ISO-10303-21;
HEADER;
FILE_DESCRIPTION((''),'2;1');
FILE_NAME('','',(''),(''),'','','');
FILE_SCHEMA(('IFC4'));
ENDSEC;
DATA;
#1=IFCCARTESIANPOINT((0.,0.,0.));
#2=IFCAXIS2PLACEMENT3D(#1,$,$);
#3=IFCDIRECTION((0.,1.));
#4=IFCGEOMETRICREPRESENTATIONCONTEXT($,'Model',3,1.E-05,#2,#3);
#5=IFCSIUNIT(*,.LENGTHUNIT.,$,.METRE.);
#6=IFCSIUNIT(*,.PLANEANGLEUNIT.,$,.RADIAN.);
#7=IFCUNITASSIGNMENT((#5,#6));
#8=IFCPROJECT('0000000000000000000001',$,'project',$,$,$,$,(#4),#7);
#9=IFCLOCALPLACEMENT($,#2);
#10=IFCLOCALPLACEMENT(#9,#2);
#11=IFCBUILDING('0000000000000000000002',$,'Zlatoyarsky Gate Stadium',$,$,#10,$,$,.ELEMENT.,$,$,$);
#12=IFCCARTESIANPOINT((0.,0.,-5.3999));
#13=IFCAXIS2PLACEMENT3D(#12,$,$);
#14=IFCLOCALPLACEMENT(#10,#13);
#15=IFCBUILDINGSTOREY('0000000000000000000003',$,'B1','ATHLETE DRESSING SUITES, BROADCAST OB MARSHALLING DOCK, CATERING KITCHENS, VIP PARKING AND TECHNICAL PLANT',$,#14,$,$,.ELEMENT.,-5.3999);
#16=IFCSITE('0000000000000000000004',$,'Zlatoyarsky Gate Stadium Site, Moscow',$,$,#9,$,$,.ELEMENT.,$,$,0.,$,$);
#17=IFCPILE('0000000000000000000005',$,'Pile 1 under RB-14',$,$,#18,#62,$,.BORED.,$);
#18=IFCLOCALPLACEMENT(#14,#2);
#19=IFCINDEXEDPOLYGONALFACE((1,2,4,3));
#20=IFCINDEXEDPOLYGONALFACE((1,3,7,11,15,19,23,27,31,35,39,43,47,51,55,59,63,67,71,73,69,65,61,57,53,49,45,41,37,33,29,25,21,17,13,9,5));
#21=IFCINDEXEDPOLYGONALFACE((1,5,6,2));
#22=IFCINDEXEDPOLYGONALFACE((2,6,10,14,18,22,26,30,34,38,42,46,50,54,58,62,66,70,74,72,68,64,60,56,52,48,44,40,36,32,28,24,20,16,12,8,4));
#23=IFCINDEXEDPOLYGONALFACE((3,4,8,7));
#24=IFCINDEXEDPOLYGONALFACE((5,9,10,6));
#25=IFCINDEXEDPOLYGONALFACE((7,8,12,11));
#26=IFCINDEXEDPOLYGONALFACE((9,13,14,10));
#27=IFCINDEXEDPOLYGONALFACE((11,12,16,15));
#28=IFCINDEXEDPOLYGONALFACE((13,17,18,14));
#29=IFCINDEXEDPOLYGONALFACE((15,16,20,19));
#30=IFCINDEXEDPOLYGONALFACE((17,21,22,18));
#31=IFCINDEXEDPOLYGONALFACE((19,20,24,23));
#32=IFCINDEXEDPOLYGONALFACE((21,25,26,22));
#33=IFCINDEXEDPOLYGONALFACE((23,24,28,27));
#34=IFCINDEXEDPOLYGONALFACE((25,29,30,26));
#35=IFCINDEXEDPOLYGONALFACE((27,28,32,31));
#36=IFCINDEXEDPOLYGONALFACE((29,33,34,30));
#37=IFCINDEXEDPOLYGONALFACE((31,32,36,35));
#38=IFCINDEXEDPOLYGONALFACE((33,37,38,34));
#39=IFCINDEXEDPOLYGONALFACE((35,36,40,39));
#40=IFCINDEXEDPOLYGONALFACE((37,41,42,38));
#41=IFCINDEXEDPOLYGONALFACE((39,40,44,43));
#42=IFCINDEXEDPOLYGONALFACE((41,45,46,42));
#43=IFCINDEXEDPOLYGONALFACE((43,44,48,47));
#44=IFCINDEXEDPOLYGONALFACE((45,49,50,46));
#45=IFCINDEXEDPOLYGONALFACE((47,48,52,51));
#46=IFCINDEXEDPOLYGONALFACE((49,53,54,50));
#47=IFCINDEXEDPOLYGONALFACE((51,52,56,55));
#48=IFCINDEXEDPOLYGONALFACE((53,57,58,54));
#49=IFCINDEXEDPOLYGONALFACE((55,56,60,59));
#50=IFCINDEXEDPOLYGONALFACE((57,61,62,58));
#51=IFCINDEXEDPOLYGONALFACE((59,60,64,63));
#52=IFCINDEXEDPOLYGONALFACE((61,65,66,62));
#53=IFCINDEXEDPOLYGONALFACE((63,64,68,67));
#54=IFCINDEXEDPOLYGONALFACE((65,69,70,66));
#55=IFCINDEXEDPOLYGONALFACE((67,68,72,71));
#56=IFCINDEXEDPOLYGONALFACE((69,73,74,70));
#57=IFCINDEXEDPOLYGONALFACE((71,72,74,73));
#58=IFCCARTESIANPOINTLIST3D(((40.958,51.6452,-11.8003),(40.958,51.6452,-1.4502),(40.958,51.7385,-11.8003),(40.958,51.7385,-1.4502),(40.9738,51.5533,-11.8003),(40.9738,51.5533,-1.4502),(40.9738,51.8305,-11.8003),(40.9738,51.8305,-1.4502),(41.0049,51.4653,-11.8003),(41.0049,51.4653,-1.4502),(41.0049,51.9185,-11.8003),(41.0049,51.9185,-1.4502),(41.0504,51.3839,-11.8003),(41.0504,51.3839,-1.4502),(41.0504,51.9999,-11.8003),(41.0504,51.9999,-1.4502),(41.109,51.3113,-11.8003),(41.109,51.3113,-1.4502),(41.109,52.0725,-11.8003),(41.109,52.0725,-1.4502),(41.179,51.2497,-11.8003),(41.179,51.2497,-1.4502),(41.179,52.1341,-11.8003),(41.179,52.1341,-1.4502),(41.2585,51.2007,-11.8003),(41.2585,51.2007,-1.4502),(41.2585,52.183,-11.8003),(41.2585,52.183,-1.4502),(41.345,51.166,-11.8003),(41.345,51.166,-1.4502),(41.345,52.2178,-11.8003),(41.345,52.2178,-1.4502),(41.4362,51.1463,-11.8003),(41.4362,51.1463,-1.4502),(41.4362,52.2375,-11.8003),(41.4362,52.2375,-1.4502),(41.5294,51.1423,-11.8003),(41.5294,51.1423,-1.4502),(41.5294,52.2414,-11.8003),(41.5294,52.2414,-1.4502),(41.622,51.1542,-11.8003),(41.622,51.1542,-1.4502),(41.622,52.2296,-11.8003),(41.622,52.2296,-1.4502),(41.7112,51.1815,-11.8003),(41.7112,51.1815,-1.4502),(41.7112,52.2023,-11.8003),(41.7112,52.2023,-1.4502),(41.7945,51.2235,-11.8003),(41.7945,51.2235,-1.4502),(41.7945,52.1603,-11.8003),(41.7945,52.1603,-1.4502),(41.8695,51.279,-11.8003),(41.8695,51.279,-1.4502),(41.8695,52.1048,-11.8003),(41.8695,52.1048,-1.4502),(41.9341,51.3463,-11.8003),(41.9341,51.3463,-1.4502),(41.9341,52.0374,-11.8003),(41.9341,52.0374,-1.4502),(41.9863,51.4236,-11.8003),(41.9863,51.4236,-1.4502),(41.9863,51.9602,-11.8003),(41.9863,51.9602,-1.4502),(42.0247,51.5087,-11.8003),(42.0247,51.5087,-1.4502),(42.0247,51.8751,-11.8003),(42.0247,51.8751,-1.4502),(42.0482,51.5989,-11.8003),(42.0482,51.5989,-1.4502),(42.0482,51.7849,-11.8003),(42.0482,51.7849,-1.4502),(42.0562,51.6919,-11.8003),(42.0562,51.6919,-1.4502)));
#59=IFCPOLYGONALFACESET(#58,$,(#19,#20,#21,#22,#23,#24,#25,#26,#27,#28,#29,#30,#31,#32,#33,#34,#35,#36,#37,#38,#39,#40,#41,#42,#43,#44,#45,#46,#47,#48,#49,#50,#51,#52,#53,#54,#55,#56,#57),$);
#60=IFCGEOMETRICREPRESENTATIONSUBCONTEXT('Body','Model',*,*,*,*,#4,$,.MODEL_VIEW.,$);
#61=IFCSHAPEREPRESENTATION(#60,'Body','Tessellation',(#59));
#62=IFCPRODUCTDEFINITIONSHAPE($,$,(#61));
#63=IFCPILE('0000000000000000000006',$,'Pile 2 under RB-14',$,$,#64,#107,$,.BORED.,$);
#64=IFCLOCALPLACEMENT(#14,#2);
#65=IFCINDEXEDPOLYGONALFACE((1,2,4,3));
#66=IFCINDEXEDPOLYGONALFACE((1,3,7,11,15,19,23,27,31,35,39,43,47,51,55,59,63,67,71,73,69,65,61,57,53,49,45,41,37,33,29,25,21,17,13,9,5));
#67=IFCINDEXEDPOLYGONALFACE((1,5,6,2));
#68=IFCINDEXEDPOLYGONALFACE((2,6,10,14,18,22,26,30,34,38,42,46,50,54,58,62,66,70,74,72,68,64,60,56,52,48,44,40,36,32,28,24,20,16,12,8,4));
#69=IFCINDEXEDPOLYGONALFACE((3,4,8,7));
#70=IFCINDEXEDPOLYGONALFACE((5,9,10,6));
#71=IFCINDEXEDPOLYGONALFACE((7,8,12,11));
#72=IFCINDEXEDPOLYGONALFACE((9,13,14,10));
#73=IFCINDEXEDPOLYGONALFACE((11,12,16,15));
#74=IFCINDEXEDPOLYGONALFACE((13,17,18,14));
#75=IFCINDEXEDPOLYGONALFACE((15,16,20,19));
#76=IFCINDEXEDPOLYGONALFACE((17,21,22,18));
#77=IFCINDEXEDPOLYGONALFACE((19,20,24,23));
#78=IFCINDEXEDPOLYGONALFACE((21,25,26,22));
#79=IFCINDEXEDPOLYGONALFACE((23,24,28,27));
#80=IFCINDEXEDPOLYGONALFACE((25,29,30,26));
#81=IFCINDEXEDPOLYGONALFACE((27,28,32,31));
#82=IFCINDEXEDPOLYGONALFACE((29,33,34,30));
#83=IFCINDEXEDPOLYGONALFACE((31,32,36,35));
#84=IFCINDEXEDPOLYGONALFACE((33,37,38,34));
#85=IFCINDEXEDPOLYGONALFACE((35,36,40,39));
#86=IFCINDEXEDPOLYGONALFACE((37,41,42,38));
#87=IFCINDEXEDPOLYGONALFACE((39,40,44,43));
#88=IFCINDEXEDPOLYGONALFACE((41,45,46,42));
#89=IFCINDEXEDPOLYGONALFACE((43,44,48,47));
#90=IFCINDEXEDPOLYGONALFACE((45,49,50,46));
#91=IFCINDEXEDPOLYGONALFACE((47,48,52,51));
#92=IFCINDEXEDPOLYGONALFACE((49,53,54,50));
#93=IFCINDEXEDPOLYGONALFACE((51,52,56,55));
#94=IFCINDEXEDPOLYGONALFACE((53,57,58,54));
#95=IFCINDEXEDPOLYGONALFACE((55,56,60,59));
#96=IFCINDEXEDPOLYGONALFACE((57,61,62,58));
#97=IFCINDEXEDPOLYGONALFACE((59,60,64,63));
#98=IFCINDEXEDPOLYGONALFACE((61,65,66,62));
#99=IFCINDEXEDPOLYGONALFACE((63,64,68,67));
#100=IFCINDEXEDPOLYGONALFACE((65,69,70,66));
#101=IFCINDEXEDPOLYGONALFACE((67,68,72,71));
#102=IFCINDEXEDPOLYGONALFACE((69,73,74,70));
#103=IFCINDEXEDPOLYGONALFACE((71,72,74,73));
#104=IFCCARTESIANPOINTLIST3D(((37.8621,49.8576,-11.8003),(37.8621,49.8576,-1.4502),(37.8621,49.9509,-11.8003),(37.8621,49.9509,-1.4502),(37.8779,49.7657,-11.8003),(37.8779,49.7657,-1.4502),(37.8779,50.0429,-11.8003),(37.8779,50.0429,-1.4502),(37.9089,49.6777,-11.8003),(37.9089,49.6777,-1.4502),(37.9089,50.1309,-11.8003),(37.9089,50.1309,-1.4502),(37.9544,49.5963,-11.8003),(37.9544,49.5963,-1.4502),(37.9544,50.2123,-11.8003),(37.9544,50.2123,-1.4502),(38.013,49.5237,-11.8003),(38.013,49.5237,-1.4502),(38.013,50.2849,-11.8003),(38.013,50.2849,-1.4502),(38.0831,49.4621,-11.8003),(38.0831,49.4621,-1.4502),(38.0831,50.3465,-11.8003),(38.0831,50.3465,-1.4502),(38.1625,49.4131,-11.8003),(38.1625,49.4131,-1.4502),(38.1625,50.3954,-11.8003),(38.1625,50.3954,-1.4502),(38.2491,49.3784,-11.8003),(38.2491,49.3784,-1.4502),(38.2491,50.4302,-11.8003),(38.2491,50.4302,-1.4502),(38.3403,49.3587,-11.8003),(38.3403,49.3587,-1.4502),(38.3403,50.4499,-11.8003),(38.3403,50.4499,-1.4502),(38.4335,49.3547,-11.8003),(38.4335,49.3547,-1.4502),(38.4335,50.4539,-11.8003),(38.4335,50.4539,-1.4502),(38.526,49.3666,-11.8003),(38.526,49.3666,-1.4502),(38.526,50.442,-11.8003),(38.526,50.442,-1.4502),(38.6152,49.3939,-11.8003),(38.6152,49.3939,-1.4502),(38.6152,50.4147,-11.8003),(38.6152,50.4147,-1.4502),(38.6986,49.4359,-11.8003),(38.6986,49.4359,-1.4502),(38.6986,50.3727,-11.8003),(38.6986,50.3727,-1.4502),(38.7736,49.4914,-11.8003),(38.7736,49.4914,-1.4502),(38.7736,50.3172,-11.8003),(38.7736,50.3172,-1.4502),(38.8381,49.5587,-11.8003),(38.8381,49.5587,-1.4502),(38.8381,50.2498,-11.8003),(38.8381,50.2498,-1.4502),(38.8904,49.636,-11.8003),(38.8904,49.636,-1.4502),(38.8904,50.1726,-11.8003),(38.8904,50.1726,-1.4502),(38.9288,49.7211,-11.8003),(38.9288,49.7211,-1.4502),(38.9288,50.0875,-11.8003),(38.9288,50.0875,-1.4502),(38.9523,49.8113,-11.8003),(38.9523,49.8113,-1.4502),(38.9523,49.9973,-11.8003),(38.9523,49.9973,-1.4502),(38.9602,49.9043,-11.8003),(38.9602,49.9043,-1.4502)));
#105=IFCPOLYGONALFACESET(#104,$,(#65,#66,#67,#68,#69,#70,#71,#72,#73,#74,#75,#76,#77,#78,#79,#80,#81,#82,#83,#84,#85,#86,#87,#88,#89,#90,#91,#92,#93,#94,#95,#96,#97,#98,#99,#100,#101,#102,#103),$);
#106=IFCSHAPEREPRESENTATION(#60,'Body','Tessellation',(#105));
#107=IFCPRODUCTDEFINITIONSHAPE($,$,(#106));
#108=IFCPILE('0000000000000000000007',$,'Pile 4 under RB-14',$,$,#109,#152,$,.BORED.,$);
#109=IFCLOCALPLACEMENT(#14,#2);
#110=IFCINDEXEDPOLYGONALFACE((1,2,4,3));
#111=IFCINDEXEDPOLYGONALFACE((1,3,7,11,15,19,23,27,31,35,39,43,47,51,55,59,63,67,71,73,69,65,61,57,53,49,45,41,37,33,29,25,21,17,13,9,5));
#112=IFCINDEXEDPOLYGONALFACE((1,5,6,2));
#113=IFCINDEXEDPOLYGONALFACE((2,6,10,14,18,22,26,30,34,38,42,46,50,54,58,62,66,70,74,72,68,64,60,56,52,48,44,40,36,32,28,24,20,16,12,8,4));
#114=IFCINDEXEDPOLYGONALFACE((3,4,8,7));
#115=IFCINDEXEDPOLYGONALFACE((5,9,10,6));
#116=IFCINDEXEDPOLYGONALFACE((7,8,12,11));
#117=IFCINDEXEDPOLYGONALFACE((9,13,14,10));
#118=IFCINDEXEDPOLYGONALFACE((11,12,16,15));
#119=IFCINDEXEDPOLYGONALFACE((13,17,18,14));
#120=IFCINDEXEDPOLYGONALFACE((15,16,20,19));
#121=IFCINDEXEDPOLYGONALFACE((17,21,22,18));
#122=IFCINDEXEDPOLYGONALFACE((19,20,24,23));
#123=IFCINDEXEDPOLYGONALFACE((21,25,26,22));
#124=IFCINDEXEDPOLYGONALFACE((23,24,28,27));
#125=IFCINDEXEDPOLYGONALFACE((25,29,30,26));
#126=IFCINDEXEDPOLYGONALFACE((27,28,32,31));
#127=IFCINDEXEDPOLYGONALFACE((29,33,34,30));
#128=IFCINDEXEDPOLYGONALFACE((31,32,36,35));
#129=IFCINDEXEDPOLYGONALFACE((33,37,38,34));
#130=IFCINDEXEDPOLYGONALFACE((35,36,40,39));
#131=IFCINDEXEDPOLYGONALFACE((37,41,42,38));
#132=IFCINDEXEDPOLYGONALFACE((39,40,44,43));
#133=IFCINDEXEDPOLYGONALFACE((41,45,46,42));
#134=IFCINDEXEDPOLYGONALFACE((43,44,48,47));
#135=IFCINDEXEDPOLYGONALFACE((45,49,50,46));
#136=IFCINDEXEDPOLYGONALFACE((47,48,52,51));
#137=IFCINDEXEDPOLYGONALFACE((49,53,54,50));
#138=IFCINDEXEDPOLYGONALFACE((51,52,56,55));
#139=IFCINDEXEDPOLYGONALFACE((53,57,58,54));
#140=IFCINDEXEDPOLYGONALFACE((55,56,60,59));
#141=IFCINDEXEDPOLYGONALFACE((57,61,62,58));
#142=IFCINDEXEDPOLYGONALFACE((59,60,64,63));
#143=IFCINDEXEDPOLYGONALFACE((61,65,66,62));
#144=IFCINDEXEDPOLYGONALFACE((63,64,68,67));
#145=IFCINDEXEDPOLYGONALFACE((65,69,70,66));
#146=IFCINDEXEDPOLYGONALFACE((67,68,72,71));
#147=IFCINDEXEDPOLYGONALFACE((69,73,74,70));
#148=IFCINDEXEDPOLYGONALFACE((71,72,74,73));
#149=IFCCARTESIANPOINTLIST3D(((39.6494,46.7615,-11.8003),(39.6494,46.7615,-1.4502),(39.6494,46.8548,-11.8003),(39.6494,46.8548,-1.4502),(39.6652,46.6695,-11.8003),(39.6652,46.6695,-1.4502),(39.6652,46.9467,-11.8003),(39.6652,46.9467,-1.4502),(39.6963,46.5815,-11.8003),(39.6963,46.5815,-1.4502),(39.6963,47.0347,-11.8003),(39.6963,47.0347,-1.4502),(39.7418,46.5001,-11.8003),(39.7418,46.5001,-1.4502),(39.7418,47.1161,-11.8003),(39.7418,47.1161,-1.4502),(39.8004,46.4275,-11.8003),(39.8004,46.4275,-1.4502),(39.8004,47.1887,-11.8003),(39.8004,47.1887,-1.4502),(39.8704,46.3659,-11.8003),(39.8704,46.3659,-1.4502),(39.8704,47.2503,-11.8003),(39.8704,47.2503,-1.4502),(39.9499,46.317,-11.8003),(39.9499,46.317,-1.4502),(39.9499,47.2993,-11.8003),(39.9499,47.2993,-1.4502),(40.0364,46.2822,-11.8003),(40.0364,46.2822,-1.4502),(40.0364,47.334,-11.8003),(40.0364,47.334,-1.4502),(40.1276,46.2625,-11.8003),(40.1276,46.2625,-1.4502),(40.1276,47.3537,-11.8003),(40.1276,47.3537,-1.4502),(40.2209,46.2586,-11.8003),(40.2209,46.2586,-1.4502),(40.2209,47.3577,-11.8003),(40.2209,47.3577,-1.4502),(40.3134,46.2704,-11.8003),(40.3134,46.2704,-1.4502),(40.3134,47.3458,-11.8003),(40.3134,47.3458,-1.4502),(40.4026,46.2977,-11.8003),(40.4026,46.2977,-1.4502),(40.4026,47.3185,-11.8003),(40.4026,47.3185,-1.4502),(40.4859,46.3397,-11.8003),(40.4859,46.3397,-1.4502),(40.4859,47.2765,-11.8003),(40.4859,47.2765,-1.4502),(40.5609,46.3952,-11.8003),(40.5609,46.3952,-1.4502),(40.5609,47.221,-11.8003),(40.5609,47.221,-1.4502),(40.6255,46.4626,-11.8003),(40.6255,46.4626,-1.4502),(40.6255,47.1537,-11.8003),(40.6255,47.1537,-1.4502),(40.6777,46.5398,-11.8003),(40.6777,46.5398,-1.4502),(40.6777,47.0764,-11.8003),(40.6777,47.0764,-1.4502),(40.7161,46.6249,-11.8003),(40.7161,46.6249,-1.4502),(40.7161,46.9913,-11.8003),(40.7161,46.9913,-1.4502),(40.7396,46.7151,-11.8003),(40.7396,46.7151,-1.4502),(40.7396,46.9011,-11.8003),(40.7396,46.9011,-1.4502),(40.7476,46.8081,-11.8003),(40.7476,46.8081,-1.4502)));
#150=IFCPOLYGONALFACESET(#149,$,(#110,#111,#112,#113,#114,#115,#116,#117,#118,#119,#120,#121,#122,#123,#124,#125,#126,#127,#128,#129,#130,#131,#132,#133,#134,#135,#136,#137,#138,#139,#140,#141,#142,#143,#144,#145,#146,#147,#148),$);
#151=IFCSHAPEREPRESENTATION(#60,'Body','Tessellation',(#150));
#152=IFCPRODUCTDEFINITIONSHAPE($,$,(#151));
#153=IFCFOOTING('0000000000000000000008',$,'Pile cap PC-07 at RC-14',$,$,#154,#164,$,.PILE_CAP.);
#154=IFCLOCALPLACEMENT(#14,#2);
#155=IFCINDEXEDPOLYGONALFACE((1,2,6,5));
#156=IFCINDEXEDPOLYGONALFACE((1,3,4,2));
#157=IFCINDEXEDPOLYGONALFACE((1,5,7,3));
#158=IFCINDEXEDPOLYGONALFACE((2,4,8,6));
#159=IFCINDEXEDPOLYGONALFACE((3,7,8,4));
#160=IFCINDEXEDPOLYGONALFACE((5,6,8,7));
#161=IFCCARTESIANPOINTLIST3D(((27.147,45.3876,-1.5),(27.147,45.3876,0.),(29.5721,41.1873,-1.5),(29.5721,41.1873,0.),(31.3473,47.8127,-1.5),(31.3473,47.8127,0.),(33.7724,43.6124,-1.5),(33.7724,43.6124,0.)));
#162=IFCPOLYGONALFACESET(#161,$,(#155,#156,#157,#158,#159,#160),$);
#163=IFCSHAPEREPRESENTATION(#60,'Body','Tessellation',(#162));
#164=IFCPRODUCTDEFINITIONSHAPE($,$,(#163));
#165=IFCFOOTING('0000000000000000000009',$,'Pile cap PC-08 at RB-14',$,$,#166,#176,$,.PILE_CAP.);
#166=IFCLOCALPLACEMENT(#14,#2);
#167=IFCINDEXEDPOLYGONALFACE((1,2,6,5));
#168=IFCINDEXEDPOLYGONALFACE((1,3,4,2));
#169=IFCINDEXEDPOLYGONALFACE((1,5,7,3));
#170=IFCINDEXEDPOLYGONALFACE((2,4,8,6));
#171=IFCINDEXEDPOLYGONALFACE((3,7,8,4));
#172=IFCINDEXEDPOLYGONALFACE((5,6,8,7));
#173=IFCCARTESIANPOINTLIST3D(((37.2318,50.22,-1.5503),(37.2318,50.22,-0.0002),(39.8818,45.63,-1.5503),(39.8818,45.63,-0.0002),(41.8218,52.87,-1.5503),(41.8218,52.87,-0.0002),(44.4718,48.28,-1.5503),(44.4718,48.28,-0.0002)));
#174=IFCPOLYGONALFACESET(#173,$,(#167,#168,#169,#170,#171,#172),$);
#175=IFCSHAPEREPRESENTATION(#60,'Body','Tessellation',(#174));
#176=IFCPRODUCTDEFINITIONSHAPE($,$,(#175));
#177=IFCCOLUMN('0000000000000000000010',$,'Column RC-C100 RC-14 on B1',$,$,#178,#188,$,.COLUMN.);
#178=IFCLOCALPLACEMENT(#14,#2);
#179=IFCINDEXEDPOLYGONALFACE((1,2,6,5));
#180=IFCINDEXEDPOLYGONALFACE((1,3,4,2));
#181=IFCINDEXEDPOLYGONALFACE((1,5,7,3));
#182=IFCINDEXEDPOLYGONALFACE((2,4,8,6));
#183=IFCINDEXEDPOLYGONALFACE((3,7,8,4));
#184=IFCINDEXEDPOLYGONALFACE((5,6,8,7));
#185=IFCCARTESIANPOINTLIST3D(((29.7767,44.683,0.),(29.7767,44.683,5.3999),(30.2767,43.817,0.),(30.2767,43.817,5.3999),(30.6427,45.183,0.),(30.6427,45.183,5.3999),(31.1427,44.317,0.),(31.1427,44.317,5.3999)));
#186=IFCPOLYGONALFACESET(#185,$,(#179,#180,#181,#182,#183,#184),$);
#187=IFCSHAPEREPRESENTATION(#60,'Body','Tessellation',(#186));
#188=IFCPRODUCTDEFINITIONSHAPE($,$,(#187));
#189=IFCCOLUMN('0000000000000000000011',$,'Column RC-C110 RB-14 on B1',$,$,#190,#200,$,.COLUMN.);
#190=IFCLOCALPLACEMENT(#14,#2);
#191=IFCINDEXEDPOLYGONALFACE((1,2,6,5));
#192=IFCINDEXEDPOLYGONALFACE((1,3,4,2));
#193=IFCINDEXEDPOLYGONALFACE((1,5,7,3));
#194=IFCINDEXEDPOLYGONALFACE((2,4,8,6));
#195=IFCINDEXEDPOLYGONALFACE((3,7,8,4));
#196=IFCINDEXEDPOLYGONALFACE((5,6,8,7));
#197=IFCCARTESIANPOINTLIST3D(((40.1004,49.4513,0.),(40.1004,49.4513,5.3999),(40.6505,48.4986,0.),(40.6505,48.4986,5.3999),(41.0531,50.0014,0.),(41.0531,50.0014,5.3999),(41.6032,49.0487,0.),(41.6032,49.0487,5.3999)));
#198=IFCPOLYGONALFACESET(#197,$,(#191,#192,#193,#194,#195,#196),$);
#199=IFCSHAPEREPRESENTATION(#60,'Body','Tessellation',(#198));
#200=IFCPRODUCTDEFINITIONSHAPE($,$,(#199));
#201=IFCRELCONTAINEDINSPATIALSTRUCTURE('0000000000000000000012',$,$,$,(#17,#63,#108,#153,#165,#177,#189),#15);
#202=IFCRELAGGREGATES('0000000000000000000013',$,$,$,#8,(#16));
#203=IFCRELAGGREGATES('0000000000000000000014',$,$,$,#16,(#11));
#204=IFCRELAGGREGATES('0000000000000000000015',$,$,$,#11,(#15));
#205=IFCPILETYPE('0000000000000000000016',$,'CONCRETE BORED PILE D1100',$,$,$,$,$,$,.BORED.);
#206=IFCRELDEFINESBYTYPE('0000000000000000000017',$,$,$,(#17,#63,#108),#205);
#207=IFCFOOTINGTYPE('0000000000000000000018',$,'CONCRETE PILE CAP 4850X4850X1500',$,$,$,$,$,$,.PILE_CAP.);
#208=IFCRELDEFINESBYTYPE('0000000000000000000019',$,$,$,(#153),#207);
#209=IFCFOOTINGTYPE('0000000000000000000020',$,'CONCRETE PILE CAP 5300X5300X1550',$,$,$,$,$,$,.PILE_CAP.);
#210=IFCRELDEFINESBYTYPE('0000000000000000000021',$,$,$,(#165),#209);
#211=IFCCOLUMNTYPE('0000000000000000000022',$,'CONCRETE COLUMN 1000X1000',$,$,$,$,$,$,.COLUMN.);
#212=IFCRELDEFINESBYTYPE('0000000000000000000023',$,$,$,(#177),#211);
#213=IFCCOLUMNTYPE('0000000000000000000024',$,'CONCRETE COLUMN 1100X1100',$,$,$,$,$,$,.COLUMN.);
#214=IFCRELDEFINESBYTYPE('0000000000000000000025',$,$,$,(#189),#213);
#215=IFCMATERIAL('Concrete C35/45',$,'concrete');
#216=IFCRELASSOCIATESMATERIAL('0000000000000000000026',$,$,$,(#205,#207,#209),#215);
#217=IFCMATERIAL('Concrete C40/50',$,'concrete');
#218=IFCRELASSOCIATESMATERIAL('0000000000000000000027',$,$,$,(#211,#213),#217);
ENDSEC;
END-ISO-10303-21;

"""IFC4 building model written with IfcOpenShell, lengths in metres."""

from ifc_helpers import new_model, si_unit, direction, frame, origin, origin_2d, place, context, subcontext, project, spatial, rectangle, circle, extrude, material, material_profile, profile_set, type_object, element, save


model = new_model("IFC4")

# Units and contexts
model_context = context("Model", 3, precision=1e-05, world=origin(), true_north=direction((0.0, 1.0)))
body_context = subcontext(model_context, "Body", "Model", "MODEL_VIEW")
ifc_project = project(units=[si_unit("LENGTHUNIT", "METRE"), si_unit("PLANEANGLEUNIT", "RADIAN")], contexts=[model_context])

# Site, building, storey
site_placement = place(None, origin())
site = spatial("IfcSite", under=ifc_project, at=site_placement, Name="Zlatoyarsky Gate Stadium Site, Moscow", CompositionType="ELEMENT", RefElevation=0.0)
building_placement = place(site_placement, origin())
building = spatial("IfcBuilding", under=site, at=building_placement, Name="Zlatoyarsky Gate Stadium", CompositionType="ELEMENT")
storey_placement = place(building_placement, frame((0.0, 0.0, -5.3999)))
storey = spatial("IfcBuildingStorey", under=building, at=storey_placement, Name="B1", Description="ATHLETE DRESSING SUITES, BROADCAST OB MARSHALLING DOCK, CATERING KITCHENS, VIP PARKING AND TECHNICAL PLANT", CompositionType="ELEMENT", Elevation=-5.3999)

# Piles
ifc_material_1 = material(Name="Concrete C35/45", Category="concrete")
ifc_material_profile_1 = material_profile(ifc_material_1, circle(Radius=0.55, at=origin_2d()), Name="BORED PILE D1100")
ifc_profile_set_1 = profile_set([ifc_material_profile_1], Name="Concrete C35/45")
pile_type_1 = type_object("IfcPileType", Name="CONCRETE BORED PILE D1100", PredefinedType="BORED", material=ifc_profile_set_1)
for number, where, z_axis, x_axis, name in (
    (1, (41.5061, 51.6919, -1.4502), (0.0, 0.0, -1.0), (1.0, 0.0, 0.0), "Pile 1 under RB-14"),
    (2, (38.4102, 49.9043, -1.4502), (0.0, 0.0, -1.0), (1.0, 0.0, 0.0), "Pile 2 under RB-14"),
    (3, (40.1975, 46.8081, -1.4502), (0.0, 0.0, -1.0), (1.0, 0.0, 0.0), "Pile 4 under RB-14"),
):
    element("IfcPile", number, at=place(storey_placement, frame(where, z_axis=z_axis, x_axis=x_axis)), inside=storey, type_object=pile_type_1, Name=name, PredefinedType="BORED", context=body_context, shape_type="SweptSolid", body=[
        extrude(circle(Radius=0.55, at=origin_2d()), origin(), (0.0, 0.0, 1.0), 10.3501),
    ])

# Footings
footing_type_1 = type_object("IfcFootingType", Name="CONCRETE PILE CAP 4850X4850X1500", PredefinedType="PILE_CAP", material=ifc_material_1)
footing_1_placement = place(storey_placement, frame((30.4597, 44.5, -1.5), z_axis=(0.0, 0.0, 1.0), x_axis=(-0.866025, -0.5, 0.0)))
element("IfcFooting", 4, at=footing_1_placement, inside=storey, type_object=footing_type_1, Name="Pile cap PC-07 at RC-14", PredefinedType="PILE_CAP", context=body_context, shape_type="SweptSolid", body=[
    extrude(rectangle(XDim=4.8501, YDim=4.8501, at=origin_2d()), origin(), (0.0, 0.0, 1.0), 1.5),
])
footing_type_2 = type_object("IfcFootingType", Name="CONCRETE PILE CAP 5300X5300X1550", PredefinedType="PILE_CAP", material=ifc_material_1)
footing_2_placement = place(storey_placement, frame((40.8518, 49.25, -1.5503), z_axis=(0.0, 0.0, 1.0), x_axis=(-0.866025, -0.5, 0.0)))
element("IfcFooting", 5, at=footing_2_placement, inside=storey, type_object=footing_type_2, Name="Pile cap PC-08 at RB-14", PredefinedType="PILE_CAP", context=body_context, shape_type="SweptSolid", body=[
    extrude(rectangle(XDim=5.3, YDim=5.3, at=origin_2d()), origin(), (0.0, 0.0, 1.0), 1.55),
])

# Columns
ifc_material_2 = material(Name="Concrete C40/50", Category="concrete")
ifc_material_profile_2 = material_profile(ifc_material_2, rectangle(XDim=1.0, YDim=1.0, at=origin_2d()), Name="RC COL 1000X1000")
ifc_profile_set_2 = profile_set([ifc_material_profile_2], Name="Concrete C40/50")
column_type_1 = type_object("IfcColumnType", Name="CONCRETE COLUMN 1000X1000", PredefinedType="COLUMN", material=ifc_profile_set_2)
column_1_placement = place(storey_placement, frame((30.4597, 44.5, 0.0), z_axis=(0.0, 0.0, 1.0), x_axis=(-0.866025, -0.5, 0.0)))
element("IfcColumn", 6, at=column_1_placement, inside=storey, type_object=column_type_1, Name="Column RC-C100 RC-14 on B1", PredefinedType="COLUMN", context=body_context, shape_type="SweptSolid", body=[
    extrude(rectangle(XDim=1.0, YDim=1.0, at=origin_2d()), origin(), (0.0, 0.0, 1.0), 5.3999),
])
ifc_material_profile_3 = material_profile(ifc_material_2, rectangle(XDim=1.1001, YDim=1.1001, at=origin_2d()), Name="RC COL 1100X1100")
ifc_profile_set_3 = profile_set([ifc_material_profile_3], Name="Concrete C40/50")
column_type_2 = type_object("IfcColumnType", Name="CONCRETE COLUMN 1100X1100", PredefinedType="COLUMN", material=ifc_profile_set_3)
column_2_placement = place(storey_placement, frame((40.8518, 49.25, 0.0), z_axis=(0.0, 0.0, 1.0), x_axis=(-0.866025, -0.5, 0.0)))
element("IfcColumn", 7, at=column_2_placement, inside=storey, type_object=column_type_2, Name="Column RC-C110 RB-14 on B1", PredefinedType="COLUMN", context=body_context, shape_type="SweptSolid", body=[
    extrude(rectangle(XDim=1.1001, YDim=1.1001, at=origin_2d()), origin(), (0.0, 0.0, 1.0), 5.3999),
])

save(model, "model.ifc")
